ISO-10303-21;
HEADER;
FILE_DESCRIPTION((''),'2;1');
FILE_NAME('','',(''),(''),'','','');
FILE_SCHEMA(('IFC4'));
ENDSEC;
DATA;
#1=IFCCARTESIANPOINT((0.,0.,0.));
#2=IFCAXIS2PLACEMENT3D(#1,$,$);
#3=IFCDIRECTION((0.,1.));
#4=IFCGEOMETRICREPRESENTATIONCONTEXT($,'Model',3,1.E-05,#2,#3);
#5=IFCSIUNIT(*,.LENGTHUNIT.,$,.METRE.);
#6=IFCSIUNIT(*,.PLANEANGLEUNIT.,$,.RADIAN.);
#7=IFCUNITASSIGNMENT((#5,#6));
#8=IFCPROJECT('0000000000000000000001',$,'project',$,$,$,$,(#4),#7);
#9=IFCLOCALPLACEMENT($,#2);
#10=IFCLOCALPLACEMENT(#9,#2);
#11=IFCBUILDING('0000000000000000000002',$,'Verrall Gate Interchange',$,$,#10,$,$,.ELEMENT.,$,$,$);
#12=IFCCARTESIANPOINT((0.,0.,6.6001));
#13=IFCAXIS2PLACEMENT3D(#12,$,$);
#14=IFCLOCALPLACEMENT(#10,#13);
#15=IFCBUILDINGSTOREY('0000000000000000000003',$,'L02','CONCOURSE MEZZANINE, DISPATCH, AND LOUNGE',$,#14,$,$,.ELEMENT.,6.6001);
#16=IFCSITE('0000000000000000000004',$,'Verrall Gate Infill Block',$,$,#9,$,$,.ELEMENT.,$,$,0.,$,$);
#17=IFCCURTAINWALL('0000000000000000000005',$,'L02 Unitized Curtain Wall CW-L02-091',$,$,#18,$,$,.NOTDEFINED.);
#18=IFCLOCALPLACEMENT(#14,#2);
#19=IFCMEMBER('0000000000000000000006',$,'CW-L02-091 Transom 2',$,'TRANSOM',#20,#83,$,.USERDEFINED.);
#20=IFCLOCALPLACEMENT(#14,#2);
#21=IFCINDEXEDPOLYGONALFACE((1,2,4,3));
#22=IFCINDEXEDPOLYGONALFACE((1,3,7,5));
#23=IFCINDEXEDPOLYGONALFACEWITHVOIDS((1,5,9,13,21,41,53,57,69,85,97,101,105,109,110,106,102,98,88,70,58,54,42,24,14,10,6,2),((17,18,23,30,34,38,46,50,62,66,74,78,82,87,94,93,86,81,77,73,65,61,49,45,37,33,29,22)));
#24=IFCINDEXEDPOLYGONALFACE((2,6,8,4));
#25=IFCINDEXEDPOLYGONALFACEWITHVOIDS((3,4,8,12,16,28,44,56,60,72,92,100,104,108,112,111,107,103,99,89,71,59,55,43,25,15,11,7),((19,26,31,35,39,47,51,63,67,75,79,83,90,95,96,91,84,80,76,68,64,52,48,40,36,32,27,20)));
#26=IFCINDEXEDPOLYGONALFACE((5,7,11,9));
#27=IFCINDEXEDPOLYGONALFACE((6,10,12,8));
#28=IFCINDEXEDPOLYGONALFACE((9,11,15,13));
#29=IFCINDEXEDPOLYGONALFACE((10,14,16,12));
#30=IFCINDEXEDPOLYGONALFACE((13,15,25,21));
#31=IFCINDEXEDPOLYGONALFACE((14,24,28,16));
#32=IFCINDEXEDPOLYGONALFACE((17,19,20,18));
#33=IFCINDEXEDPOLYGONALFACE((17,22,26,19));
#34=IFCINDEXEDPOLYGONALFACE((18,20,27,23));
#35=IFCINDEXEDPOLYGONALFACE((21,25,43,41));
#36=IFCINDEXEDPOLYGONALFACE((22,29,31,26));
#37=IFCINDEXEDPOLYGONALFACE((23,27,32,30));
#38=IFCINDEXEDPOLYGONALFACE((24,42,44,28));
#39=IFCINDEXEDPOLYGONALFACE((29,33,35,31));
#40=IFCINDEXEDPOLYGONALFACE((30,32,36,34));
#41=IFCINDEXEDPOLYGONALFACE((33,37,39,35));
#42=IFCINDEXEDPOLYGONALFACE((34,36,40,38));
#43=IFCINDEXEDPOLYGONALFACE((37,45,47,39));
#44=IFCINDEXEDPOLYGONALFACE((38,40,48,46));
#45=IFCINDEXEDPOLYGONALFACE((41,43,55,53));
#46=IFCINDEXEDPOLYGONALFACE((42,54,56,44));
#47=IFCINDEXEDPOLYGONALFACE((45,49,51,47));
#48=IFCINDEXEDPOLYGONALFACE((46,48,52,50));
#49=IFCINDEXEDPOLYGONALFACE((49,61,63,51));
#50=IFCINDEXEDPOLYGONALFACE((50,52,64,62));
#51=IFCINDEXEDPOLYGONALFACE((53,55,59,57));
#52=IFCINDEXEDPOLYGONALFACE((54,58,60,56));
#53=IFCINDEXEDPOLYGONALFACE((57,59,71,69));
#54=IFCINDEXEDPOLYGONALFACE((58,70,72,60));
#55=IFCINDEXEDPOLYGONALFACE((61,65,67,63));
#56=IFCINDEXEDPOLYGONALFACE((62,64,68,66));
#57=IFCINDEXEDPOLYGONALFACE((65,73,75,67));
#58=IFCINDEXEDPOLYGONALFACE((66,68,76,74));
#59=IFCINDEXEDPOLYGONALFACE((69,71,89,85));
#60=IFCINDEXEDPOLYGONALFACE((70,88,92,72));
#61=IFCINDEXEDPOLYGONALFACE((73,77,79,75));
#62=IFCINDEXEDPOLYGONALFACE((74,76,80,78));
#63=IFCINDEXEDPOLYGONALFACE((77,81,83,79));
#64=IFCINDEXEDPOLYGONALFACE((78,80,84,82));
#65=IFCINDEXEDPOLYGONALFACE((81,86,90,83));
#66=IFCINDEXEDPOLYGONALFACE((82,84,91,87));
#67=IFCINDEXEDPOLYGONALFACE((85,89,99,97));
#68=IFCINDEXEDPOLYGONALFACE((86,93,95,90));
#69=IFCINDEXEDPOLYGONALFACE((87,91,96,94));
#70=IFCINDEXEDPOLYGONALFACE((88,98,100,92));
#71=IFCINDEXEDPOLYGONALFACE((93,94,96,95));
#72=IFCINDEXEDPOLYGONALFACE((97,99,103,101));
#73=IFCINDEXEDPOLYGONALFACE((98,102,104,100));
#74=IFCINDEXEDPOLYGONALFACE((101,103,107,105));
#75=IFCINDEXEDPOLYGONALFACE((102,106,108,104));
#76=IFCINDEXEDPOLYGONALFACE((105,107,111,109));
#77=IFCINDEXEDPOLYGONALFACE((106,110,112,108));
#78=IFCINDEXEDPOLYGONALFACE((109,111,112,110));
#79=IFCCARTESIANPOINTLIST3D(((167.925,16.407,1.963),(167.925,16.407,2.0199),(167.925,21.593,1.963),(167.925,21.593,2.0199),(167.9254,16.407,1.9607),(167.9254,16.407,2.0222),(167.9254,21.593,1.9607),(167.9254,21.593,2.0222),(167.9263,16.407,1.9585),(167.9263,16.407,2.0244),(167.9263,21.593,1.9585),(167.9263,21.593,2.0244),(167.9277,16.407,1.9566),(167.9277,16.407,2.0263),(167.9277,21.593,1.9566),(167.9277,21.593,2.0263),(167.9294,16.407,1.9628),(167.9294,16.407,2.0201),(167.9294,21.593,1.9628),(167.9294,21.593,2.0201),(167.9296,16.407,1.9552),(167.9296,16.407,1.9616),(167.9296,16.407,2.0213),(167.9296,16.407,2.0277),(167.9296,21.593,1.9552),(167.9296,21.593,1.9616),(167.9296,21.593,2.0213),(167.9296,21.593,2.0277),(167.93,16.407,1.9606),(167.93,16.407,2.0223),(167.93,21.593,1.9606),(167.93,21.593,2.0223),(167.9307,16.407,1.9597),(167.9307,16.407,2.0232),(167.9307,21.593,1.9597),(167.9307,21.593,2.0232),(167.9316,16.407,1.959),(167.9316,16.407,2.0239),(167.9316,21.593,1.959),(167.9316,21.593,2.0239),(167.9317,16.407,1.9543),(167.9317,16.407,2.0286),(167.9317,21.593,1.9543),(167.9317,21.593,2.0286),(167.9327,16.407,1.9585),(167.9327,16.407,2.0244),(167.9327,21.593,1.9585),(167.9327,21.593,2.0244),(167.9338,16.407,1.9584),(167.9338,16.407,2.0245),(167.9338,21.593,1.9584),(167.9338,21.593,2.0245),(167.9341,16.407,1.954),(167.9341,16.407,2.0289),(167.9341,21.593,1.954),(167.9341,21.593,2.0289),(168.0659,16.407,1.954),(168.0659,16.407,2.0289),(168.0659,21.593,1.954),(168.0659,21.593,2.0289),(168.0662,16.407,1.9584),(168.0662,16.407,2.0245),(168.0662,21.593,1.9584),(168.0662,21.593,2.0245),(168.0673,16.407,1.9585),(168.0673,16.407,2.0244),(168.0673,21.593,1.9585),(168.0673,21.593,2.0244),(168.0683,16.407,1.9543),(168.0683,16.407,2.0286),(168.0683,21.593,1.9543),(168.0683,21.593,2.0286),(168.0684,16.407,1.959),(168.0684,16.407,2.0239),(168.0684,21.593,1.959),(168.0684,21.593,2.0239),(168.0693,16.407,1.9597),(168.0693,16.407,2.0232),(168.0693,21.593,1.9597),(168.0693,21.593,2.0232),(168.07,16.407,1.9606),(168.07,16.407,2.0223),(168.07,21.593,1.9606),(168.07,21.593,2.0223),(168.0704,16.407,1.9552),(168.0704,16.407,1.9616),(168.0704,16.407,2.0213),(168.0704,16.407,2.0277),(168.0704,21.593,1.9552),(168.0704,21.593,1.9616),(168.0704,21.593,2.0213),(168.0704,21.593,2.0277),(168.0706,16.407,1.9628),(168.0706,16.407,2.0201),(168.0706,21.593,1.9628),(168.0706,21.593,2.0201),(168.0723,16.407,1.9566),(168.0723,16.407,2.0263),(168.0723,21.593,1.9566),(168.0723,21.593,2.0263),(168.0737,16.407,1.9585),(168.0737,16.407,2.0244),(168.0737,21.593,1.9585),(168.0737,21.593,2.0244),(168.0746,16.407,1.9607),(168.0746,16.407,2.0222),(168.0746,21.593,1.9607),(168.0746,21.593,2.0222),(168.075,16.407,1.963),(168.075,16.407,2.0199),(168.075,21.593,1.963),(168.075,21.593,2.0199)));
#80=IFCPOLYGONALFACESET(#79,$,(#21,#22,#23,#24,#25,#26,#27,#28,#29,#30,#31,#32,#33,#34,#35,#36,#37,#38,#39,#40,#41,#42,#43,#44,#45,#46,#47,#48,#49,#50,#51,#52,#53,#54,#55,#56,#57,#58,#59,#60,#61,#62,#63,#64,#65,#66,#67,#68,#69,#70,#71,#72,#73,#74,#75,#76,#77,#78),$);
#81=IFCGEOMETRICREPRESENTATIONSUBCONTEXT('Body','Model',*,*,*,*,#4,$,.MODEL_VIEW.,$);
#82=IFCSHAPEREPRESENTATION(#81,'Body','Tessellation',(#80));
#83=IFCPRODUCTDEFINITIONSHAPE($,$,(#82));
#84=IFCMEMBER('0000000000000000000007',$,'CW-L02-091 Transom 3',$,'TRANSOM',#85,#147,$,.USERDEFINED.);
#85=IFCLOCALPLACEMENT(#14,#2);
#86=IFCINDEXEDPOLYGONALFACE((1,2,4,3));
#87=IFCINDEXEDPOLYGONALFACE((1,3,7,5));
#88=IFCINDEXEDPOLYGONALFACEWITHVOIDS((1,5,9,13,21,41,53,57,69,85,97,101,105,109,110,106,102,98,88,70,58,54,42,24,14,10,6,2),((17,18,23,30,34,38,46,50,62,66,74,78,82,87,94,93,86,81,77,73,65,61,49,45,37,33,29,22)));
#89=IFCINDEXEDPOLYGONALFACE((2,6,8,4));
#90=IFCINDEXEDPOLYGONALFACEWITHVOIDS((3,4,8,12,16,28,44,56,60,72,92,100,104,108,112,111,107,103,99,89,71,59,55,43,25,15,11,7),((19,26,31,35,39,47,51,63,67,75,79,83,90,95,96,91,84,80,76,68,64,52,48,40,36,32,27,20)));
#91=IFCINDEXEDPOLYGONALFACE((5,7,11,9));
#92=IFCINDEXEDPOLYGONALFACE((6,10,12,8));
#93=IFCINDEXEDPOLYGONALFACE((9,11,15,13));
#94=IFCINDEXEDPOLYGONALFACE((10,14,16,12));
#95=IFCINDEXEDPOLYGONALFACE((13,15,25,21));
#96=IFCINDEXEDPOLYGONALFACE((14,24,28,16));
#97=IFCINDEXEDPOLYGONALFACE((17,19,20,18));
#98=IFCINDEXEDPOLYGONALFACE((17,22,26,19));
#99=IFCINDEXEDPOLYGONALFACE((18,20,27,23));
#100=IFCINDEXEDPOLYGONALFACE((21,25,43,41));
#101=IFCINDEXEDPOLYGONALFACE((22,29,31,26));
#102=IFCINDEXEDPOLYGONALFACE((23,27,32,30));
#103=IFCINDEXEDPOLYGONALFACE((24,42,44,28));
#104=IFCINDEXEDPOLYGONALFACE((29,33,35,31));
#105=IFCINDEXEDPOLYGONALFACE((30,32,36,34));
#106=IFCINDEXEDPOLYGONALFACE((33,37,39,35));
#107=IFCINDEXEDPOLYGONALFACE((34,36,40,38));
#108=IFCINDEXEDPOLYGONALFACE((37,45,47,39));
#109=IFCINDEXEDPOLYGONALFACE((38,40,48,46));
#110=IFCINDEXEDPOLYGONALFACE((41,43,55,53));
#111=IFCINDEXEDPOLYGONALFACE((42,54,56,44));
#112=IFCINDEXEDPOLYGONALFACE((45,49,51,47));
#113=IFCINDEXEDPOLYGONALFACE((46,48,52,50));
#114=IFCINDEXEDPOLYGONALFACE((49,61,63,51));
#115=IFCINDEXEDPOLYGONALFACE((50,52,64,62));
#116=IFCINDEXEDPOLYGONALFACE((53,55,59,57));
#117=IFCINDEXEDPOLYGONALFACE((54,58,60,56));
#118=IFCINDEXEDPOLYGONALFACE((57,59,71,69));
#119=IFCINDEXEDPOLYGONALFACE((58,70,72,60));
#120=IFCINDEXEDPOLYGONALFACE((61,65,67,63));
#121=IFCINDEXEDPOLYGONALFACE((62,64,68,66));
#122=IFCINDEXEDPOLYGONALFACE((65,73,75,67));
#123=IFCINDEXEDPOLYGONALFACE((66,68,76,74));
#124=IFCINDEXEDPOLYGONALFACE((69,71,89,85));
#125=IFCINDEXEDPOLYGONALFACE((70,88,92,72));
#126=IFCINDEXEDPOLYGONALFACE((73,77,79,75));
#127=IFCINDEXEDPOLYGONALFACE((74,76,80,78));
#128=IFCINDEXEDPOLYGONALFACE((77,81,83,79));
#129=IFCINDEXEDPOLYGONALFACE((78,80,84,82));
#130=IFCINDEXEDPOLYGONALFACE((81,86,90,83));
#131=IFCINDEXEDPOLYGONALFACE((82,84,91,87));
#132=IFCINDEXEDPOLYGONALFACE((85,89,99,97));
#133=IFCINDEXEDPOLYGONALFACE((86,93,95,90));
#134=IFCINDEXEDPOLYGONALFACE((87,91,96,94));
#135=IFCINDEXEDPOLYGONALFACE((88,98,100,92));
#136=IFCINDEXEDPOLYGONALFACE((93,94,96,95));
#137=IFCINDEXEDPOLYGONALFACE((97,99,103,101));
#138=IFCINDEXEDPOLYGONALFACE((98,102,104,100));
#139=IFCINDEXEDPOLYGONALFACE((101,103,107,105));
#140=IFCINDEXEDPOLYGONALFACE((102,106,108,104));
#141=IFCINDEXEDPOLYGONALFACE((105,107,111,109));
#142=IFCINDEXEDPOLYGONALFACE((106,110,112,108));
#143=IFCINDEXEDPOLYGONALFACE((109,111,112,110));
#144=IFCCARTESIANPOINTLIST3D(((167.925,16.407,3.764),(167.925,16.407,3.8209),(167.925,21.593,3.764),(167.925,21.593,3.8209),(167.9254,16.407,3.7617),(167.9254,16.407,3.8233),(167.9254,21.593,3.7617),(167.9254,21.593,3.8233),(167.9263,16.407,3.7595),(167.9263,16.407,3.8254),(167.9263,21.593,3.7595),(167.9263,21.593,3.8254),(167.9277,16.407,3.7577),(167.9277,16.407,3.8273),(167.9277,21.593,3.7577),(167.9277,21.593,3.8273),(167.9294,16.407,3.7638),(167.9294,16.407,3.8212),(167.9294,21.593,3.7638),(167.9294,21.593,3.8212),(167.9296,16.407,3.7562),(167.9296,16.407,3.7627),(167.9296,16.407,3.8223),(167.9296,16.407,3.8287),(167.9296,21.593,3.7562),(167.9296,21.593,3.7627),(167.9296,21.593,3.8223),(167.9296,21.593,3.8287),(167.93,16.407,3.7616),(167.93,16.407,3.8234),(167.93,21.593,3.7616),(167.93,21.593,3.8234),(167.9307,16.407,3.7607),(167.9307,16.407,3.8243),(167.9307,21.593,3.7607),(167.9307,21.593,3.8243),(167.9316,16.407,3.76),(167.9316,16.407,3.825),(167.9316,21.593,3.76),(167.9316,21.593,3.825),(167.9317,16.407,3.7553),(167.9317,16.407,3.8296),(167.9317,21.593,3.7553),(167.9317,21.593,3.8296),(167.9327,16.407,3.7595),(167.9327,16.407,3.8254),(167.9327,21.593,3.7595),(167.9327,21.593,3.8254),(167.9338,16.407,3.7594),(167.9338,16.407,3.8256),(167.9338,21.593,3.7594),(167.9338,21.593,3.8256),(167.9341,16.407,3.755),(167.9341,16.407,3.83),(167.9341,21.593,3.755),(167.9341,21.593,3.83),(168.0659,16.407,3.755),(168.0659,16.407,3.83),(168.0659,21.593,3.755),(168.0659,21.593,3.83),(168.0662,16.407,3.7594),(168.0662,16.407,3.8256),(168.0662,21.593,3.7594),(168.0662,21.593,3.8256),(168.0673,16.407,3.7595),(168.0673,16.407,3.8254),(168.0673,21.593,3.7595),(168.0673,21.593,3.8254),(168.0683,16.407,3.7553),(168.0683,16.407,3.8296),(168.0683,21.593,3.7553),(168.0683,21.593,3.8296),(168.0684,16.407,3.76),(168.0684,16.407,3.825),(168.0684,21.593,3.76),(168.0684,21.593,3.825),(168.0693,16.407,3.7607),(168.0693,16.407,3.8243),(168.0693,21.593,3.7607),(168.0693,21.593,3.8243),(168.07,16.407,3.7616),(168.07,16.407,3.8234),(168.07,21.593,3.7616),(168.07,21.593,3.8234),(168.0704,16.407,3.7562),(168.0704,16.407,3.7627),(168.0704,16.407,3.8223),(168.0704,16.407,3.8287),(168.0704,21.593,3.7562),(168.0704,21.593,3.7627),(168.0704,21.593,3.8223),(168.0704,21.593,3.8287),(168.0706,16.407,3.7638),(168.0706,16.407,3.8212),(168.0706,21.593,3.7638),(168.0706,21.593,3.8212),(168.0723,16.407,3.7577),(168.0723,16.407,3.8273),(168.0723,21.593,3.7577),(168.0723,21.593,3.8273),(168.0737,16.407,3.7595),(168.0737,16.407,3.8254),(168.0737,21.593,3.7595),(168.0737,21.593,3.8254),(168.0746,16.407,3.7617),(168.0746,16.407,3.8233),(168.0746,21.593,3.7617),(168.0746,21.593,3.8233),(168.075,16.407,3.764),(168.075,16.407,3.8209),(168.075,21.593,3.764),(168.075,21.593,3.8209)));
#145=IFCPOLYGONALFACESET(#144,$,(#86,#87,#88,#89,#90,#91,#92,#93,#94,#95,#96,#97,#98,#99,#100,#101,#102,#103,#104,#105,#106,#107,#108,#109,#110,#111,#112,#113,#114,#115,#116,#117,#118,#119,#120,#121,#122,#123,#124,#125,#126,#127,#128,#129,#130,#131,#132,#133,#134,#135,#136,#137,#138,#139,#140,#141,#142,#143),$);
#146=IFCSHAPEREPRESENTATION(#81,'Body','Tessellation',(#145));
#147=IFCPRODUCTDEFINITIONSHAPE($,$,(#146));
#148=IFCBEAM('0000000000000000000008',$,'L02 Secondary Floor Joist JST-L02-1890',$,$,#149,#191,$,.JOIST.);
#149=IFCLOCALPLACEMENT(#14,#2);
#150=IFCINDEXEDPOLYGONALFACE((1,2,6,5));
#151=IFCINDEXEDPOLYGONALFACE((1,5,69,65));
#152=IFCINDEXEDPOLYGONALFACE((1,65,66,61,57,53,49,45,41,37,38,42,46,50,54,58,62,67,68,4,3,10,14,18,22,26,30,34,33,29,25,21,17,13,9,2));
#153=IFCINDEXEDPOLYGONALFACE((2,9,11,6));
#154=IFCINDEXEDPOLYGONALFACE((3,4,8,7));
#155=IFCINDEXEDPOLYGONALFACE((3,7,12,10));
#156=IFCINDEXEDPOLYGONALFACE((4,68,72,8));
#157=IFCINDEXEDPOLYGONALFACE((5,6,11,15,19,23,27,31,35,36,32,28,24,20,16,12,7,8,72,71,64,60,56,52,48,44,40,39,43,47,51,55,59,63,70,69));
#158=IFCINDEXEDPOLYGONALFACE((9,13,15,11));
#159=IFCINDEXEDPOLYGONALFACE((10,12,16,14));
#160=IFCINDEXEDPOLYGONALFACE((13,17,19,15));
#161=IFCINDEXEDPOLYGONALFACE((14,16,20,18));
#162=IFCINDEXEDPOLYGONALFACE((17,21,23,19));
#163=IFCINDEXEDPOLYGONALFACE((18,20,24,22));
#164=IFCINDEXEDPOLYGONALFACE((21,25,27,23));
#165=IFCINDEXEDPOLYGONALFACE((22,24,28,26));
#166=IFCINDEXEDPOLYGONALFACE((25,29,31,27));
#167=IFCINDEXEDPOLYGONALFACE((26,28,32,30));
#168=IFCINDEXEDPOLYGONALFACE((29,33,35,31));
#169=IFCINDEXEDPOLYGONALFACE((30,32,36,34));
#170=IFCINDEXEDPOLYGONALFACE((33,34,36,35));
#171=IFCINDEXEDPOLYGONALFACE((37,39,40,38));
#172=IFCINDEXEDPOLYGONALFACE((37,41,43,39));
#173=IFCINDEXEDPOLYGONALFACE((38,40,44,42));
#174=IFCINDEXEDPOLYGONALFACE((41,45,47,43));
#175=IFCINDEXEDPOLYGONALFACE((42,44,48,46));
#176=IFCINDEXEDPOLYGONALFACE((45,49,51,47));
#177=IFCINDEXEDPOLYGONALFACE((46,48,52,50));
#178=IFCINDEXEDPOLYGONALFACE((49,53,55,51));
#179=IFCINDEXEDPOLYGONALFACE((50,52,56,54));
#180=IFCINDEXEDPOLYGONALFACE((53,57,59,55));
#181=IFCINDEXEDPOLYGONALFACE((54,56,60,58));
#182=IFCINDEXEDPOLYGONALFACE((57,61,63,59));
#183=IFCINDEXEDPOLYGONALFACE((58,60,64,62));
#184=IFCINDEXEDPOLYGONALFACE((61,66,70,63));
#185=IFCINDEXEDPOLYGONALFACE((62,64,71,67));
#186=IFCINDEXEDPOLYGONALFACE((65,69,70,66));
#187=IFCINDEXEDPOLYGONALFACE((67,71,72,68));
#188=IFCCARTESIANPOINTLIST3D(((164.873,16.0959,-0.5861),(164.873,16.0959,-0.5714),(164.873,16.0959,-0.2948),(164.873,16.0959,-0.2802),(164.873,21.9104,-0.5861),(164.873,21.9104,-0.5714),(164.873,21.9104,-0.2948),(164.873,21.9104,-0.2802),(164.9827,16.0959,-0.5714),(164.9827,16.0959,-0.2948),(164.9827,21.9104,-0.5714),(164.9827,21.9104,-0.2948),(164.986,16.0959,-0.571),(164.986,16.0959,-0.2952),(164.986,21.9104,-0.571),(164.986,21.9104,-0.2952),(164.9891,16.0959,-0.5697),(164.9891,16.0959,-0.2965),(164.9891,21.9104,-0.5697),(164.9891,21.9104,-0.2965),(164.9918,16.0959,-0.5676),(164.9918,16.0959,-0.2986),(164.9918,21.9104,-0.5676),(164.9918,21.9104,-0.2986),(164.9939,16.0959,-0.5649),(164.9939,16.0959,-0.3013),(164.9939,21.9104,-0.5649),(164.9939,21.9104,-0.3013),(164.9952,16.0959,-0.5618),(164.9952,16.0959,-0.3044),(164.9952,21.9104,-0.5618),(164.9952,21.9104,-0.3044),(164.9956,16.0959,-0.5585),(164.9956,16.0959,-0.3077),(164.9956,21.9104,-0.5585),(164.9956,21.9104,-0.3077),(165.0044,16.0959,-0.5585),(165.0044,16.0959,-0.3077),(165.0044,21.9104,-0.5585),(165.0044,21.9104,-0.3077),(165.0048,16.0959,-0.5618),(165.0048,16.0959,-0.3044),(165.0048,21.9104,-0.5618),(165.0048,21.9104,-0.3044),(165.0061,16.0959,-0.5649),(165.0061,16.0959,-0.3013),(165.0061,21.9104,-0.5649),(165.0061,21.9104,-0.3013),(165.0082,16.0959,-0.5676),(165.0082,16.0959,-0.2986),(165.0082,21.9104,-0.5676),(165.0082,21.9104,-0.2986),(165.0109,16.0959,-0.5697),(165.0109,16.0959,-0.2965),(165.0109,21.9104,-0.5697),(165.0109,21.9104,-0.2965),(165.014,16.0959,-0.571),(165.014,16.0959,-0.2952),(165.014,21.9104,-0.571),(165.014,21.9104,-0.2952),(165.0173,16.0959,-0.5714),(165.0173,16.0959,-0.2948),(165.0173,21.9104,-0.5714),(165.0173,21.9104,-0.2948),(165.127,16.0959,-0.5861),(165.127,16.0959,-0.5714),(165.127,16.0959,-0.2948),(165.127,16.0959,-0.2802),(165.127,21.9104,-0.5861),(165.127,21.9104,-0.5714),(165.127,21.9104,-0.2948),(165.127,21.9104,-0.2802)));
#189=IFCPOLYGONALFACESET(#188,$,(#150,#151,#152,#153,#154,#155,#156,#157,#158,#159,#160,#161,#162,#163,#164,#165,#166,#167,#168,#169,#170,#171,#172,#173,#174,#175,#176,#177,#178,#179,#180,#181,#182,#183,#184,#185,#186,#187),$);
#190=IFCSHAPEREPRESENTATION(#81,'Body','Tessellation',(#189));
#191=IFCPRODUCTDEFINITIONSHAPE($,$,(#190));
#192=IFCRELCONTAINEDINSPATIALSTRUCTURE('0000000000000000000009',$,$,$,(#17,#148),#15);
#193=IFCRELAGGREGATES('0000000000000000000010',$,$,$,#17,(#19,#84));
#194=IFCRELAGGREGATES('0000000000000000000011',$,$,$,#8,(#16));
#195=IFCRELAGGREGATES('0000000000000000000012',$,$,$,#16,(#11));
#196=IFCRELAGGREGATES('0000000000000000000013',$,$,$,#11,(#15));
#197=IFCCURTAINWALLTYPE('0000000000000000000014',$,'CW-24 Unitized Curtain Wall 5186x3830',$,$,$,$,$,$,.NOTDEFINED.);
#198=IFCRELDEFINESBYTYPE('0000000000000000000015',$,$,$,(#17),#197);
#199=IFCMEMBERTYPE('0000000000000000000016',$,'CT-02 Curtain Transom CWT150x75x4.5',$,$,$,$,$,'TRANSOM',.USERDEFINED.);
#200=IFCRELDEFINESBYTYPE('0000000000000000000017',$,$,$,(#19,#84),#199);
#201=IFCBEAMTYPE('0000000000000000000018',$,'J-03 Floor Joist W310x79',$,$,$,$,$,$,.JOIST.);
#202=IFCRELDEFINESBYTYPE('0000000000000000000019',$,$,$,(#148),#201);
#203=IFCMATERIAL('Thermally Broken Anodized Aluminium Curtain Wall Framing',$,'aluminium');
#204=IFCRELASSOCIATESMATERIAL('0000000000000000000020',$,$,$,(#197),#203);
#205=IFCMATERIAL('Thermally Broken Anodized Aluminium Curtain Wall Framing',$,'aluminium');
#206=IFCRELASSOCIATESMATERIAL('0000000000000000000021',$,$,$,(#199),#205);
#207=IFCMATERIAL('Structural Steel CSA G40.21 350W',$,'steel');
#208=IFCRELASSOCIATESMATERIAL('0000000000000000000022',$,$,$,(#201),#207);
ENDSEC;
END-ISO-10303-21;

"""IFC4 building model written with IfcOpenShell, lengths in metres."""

from ifc_helpers import new_model, si_unit, direction, frame, origin, origin_2d, place, context, subcontext, project, spatial, hollow_rectangle, i_section, extrude, material, material_profile, profile_set, type_object, element, aggregate, save


model = new_model("IFC4")

# Units and contexts
model_context = context("Model", 3, precision=1e-05, world=origin(), true_north=direction((0.0, 1.0)))
body_context = subcontext(model_context, "Body", "Model", "MODEL_VIEW")
ifc_project = project(units=[si_unit("LENGTHUNIT", "METRE"), si_unit("PLANEANGLEUNIT", "RADIAN")], contexts=[model_context])

# Site, building, storey
site_placement = place(None, origin())
site = spatial("IfcSite", under=ifc_project, at=site_placement, Name="Verrall Gate Infill Block", CompositionType="ELEMENT", RefElevation=0.0)
building_placement = place(site_placement, origin())
building = spatial("IfcBuilding", under=site, at=building_placement, Name="Verrall Gate Interchange", CompositionType="ELEMENT")
storey_placement = place(building_placement, frame((0.0, 0.0, 6.6001)))
storey = spatial("IfcBuildingStorey", under=building, at=storey_placement, Name="L02", Description="CONCOURSE MEZZANINE, DISPATCH, AND LOUNGE", CompositionType="ELEMENT", Elevation=6.6001)

# Curtain wall
ifc_material_1 = material(Name="Thermally Broken Anodized Aluminium Curtain Wall Framing", Category="aluminium")
curtain_wall_type_1 = type_object("IfcCurtainWallType", Name="CW-24 Unitized Curtain Wall 5186x3830", PredefinedType="NOTDEFINED", material=ifc_material_1)
curtain_wall_1_placement = place(storey_placement, origin())
curtain_wall_1 = element("IfcCurtainWall", 1, at=curtain_wall_1_placement, inside=storey, type_object=curtain_wall_type_1, Name="L02 Unitized Curtain Wall CW-L02-091", PredefinedType="NOTDEFINED")

# Members
ifc_material_2 = material(Name="Thermally Broken Anodized Aluminium Curtain Wall Framing", Category="aluminium")
ifc_material_profile_1 = material_profile(ifc_material_2, hollow_rectangle(XDim=0.1499, YDim=0.075, WallThickness=0.0044, InnerFilletRadius=0.0044, OuterFilletRadius=0.009, at=origin_2d()), Name="CWT150x75x4.5")
ifc_profile_set_1 = profile_set([ifc_material_profile_1], Name="Thermally Broken Anodized Aluminium Curtain Wall Framing")
member_type_1 = type_object("IfcMemberType", Name="CT-02 Curtain Transom CWT150x75x4.5", ElementType="TRANSOM", PredefinedType="USERDEFINED", material=ifc_profile_set_1)
member_1_placement = place(storey_placement, frame((168.0, 16.407, 1.9915), z_axis=(0.0, 1.0, 0.0), x_axis=(-1.0, 0.0, 0.0)))
member_1 = element("IfcMember", 2, at=member_1_placement, type_object=member_type_1, Name="CW-L02-091 Transom 2", ObjectType="TRANSOM", PredefinedType="USERDEFINED", context=body_context, shape_type="SweptSolid", body=[
    extrude(hollow_rectangle(XDim=0.1499, YDim=0.075, WallThickness=0.0044, InnerFilletRadius=0.0044, OuterFilletRadius=0.009, at=origin_2d()), origin(), (0.0, 0.0, 1.0), 5.186),
])
member_2_placement = place(storey_placement, frame((168.0, 16.407, 3.7925), z_axis=(0.0, 1.0, 0.0), x_axis=(-1.0, 0.0, 0.0)))
member_2 = element("IfcMember", 3, at=member_2_placement, type_object=member_type_1, Name="CW-L02-091 Transom 3", ObjectType="TRANSOM", PredefinedType="USERDEFINED", context=body_context, shape_type="SweptSolid", body=[
    extrude(hollow_rectangle(XDim=0.1499, YDim=0.075, WallThickness=0.0044, InnerFilletRadius=0.0044, OuterFilletRadius=0.009, at=origin_2d()), origin(), (0.0, 0.0, 1.0), 5.186),
])

# Beam
ifc_material_3 = material(Name="Structural Steel CSA G40.21 350W", Category="steel")
ifc_material_profile_2 = material_profile(ifc_material_3, i_section(OverallWidth=0.2539, OverallDepth=0.3059, WebThickness=0.0088, FlangeThickness=0.0146, FilletRadius=0.0129, at=origin_2d()), Name="W310x79")
ifc_profile_set_2 = profile_set([ifc_material_profile_2], Name="Structural Steel CSA G40.21 350W")
beam_type_1 = type_object("IfcBeamType", Name="J-03 Floor Joist W310x79", PredefinedType="JOIST", material=ifc_profile_set_2)
beam_1_placement = place(storey_placement, frame((165.0, 16.0959, -0.4331), z_axis=(0.0, 1.0, 0.0), x_axis=(-1.0, 0.0, 0.0)))
element("IfcBeam", 4, at=beam_1_placement, inside=storey, type_object=beam_type_1, Name="L02 Secondary Floor Joist JST-L02-1890", PredefinedType="JOIST", context=body_context, shape_type="SweptSolid", body=[
    extrude(i_section(OverallWidth=0.2539, OverallDepth=0.3059, WebThickness=0.0088, FlangeThickness=0.0146, FilletRadius=0.0129, at=origin_2d()), origin(), (0.0, 0.0, 1.0), 5.8145),
])

aggregate(curtain_wall_1, [member_1, member_2])

save(model, "model.ifc")
